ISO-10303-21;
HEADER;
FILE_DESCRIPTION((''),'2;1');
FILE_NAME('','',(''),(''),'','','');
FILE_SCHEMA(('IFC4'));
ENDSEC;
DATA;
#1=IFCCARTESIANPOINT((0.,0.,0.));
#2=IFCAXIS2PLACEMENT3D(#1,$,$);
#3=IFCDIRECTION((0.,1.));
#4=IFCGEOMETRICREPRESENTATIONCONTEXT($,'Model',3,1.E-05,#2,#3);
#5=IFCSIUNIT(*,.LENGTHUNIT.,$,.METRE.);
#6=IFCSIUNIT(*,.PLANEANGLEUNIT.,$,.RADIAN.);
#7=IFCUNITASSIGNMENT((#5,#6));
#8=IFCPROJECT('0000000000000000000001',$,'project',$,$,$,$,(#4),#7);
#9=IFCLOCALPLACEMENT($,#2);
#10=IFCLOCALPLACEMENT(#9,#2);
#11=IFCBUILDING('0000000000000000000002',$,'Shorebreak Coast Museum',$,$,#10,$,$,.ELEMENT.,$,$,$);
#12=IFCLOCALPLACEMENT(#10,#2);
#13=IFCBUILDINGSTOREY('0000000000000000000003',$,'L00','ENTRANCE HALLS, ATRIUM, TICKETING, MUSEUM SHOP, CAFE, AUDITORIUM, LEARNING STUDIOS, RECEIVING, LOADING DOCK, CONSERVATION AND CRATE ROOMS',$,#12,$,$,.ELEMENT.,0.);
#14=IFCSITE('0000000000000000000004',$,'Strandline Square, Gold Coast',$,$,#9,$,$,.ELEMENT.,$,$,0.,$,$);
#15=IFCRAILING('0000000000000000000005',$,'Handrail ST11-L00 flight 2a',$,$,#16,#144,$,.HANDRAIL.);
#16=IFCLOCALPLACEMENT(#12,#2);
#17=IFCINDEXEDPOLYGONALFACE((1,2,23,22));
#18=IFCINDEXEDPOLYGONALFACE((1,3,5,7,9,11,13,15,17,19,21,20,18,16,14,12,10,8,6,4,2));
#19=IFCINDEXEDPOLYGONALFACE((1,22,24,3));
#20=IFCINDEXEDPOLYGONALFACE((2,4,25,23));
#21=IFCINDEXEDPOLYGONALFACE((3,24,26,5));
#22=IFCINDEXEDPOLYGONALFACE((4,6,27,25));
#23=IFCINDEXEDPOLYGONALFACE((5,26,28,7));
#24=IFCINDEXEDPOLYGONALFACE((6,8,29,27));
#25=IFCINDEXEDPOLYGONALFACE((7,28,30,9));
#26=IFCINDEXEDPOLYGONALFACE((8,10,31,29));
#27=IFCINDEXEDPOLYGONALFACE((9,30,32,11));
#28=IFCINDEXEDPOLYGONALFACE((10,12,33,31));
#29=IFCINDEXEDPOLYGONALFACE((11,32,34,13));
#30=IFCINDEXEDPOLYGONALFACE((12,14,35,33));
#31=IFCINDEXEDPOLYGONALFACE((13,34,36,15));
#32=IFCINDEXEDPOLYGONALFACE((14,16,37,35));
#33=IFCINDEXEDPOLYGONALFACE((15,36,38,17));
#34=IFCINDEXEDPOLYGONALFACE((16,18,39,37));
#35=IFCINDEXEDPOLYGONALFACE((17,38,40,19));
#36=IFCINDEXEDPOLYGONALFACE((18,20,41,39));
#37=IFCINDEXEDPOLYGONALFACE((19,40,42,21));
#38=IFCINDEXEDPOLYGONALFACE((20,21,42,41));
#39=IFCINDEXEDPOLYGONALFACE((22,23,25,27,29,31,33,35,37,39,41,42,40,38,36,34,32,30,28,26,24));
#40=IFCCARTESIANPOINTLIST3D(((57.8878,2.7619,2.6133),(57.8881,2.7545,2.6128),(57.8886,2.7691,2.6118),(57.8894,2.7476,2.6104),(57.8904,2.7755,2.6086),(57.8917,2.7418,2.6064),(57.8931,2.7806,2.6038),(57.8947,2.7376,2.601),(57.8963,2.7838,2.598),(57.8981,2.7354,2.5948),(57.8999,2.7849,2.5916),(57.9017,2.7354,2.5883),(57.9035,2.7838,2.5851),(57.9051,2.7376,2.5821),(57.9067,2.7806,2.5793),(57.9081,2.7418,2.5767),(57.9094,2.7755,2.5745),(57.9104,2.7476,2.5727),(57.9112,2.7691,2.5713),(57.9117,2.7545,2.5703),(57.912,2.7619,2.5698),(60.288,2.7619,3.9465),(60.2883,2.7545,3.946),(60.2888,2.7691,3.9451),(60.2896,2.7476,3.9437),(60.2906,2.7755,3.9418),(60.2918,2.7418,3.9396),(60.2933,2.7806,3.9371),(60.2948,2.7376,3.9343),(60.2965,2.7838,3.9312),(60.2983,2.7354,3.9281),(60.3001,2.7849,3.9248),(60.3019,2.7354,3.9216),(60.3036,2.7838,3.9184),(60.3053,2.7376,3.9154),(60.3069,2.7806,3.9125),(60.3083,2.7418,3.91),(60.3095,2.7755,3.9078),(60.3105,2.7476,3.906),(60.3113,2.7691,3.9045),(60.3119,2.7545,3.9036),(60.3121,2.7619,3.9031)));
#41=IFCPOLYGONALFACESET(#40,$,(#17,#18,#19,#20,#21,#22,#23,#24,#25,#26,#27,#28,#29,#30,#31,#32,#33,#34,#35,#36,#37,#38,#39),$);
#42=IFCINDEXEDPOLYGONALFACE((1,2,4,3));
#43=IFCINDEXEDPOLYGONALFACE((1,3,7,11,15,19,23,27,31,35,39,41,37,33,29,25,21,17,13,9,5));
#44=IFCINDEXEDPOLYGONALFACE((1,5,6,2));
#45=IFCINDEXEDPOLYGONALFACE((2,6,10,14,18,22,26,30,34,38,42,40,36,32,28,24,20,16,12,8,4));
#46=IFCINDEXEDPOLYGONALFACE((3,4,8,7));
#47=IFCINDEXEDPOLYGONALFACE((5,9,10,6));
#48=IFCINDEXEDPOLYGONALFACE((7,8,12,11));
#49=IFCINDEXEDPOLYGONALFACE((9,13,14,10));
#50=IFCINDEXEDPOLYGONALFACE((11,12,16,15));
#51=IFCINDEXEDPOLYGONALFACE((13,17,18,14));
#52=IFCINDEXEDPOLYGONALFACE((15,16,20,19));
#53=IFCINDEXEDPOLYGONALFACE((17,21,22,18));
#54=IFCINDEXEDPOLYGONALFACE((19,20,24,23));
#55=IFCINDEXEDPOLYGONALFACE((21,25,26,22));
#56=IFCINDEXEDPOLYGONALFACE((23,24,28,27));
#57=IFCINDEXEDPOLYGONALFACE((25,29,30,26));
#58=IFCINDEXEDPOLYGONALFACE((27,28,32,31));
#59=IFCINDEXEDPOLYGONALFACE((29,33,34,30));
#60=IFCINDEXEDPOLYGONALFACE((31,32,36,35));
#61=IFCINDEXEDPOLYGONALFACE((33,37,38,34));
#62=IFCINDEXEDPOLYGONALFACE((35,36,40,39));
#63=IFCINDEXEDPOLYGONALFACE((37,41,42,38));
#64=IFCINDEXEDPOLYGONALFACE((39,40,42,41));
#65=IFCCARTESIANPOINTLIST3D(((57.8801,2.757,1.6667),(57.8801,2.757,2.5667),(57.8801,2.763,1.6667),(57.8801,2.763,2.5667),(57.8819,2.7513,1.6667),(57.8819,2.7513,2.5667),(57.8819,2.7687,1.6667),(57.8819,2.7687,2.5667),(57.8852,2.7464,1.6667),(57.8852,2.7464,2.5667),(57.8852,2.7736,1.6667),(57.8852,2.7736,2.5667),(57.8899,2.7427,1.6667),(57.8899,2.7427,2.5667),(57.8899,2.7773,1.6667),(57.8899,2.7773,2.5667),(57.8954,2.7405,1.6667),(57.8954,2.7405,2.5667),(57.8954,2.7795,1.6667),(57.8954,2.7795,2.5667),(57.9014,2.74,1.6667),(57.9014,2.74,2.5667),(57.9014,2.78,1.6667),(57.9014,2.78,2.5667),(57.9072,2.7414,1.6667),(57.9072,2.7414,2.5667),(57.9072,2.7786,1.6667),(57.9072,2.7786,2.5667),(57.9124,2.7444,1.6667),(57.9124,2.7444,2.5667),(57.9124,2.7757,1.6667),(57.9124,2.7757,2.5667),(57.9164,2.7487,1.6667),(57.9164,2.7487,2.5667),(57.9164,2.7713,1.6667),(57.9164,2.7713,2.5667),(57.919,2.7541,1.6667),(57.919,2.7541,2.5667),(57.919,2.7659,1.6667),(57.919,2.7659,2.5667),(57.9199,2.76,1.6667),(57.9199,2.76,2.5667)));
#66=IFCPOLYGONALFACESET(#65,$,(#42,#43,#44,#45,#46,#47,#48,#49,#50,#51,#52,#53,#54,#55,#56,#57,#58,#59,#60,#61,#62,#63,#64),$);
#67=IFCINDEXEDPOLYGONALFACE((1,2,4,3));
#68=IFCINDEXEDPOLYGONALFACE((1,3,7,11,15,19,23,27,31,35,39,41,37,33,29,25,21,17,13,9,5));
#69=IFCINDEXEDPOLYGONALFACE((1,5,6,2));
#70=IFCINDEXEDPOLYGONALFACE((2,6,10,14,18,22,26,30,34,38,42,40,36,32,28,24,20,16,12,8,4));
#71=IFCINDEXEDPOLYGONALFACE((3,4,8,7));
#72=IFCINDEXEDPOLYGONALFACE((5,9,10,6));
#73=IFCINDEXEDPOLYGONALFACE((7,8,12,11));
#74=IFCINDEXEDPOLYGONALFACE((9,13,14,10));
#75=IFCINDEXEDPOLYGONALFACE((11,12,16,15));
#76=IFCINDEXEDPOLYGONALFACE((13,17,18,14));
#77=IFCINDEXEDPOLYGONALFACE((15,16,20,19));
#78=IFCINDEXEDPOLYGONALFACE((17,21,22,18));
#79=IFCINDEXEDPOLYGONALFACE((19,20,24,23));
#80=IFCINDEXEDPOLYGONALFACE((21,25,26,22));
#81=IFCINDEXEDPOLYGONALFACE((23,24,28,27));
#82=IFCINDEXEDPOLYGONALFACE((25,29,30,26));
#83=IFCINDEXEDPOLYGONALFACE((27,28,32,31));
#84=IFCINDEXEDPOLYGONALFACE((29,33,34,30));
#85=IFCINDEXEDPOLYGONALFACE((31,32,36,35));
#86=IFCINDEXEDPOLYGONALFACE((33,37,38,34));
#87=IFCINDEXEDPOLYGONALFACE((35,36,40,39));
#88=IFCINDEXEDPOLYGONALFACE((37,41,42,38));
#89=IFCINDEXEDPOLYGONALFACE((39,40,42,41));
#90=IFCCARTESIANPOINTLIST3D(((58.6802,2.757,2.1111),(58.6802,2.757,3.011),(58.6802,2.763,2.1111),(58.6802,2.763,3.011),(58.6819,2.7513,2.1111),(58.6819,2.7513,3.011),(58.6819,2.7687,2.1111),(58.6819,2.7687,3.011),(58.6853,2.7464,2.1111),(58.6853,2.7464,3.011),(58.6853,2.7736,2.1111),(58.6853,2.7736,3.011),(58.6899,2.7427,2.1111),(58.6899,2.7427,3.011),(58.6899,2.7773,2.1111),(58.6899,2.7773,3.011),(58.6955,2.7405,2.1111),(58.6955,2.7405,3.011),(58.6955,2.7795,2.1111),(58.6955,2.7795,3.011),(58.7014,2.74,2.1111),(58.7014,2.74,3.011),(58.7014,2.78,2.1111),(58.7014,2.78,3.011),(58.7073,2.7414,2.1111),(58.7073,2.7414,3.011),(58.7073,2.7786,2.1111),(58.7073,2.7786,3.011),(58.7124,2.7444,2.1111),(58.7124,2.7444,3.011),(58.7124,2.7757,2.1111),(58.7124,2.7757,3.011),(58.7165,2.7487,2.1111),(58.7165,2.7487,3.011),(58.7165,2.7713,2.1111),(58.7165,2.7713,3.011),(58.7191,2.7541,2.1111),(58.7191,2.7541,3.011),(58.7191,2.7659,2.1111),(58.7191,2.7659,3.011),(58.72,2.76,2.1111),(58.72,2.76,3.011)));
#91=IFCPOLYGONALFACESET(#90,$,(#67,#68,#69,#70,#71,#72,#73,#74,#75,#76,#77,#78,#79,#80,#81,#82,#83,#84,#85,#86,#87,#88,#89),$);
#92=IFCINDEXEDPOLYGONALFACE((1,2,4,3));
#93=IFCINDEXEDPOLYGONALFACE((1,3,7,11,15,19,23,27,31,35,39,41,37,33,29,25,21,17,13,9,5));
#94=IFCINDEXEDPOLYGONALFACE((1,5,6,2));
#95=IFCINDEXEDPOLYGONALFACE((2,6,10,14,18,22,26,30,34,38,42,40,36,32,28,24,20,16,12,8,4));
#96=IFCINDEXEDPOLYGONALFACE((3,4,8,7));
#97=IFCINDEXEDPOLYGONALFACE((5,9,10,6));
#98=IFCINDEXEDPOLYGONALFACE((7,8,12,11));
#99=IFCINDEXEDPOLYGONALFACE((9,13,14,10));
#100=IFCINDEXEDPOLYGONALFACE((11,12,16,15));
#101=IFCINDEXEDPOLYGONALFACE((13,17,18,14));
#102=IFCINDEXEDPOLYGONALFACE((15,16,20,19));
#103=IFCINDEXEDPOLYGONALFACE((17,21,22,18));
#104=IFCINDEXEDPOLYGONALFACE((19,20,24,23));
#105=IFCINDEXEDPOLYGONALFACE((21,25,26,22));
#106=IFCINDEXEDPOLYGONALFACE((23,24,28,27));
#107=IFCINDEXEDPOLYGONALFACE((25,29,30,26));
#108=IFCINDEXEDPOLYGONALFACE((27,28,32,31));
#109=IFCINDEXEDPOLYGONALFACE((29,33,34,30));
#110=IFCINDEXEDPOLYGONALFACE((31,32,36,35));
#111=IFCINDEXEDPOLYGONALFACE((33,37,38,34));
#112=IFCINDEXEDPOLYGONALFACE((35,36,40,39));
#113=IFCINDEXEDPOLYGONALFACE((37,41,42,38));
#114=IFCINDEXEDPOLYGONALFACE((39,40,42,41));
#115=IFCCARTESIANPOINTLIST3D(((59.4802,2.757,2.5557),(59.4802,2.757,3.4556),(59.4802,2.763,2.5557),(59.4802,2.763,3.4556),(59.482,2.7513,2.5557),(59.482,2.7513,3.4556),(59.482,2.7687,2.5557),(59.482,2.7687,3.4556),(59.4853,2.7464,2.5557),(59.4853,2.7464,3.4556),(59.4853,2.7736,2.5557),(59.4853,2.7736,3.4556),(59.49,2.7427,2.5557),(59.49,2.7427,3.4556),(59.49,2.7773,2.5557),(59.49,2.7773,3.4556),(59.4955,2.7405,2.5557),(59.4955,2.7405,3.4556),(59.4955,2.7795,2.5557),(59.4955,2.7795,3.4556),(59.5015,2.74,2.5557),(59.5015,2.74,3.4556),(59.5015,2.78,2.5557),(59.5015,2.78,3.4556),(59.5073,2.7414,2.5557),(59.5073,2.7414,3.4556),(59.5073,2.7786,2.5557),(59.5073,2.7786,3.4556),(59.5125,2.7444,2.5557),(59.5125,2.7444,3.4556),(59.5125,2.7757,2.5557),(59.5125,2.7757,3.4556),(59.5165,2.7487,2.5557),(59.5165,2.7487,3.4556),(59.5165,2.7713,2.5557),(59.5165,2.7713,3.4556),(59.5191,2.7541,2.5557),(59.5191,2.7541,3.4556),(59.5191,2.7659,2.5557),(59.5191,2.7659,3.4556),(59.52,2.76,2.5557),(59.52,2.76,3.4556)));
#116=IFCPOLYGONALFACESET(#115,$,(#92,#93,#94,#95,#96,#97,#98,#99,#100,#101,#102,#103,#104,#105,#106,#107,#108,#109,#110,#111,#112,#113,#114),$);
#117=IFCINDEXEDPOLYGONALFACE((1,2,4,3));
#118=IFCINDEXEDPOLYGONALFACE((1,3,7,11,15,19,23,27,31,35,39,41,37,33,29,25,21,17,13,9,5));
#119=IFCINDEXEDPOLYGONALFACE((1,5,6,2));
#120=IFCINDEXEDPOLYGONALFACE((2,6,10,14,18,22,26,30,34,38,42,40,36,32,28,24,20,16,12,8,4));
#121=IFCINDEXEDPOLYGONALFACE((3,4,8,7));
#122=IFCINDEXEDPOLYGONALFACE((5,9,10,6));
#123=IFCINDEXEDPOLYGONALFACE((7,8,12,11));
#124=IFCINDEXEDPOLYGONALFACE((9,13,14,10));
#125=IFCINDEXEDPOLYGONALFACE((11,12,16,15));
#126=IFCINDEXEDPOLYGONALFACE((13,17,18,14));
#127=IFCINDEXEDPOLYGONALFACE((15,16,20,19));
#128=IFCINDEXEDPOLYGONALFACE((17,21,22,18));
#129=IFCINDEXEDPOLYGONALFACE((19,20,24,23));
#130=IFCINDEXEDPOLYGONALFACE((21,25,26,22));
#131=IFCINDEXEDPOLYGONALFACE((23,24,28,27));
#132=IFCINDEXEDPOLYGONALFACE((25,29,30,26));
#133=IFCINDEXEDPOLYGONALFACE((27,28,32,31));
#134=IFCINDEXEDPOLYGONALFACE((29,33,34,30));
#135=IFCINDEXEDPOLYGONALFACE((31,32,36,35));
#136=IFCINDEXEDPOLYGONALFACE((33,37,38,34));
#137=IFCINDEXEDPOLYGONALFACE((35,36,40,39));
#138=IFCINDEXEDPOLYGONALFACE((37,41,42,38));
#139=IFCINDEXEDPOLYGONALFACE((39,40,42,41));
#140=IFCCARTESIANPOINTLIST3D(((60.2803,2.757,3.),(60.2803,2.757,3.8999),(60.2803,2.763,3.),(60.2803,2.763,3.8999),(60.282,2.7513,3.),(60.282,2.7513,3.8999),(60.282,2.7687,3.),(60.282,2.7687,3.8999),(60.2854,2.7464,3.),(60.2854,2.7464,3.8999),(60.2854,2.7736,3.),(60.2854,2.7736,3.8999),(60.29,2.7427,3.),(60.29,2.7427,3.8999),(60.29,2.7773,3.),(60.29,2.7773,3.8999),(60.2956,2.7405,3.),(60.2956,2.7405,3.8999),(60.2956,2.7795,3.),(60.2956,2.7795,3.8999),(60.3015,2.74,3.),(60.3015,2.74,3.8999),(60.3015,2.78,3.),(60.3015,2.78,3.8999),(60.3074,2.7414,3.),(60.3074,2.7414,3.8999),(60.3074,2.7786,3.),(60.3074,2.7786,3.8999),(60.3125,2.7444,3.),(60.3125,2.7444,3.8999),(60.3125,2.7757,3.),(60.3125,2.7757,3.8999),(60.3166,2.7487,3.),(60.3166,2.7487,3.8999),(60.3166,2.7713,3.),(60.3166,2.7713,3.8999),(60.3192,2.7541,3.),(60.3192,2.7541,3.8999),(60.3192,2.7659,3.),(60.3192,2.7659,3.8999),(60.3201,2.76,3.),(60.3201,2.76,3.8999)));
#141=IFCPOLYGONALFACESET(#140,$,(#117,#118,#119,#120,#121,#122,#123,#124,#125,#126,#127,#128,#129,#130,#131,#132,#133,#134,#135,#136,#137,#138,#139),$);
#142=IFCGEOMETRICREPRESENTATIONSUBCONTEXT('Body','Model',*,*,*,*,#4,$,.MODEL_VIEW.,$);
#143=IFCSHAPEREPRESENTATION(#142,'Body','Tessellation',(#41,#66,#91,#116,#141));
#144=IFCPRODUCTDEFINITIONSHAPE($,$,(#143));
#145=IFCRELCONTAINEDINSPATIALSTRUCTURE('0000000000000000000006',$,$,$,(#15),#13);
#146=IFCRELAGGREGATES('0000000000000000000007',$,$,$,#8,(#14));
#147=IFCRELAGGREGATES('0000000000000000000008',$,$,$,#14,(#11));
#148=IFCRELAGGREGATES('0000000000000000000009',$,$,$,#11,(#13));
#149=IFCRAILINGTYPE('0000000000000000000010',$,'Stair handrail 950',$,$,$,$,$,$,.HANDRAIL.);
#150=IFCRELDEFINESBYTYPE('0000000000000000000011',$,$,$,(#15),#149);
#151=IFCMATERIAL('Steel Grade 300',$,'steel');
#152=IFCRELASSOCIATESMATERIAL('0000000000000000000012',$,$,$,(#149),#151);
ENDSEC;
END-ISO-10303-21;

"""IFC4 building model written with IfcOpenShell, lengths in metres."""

from ifc_helpers import new_model, si_unit, direction, frame, origin, origin_2d, place, context, subcontext, project, spatial, circle, extrude, material, type_object, element, save


model = new_model("IFC4")

# Units and contexts
model_context = context("Model", 3, precision=1e-05, world=origin(), true_north=direction((0.0, 1.0)))
body_context = subcontext(model_context, "Body", "Model", "MODEL_VIEW")
ifc_project = project(units=[si_unit("LENGTHUNIT", "METRE"), si_unit("PLANEANGLEUNIT", "RADIAN")], contexts=[model_context])

# Site, building, storey
site_placement = place(None, origin())
site = spatial("IfcSite", under=ifc_project, at=site_placement, Name="Strandline Square, Gold Coast", CompositionType="ELEMENT", RefElevation=0.0)
building_placement = place(site_placement, origin())
building = spatial("IfcBuilding", under=site, at=building_placement, Name="Shorebreak Coast Museum", CompositionType="ELEMENT")
storey_placement = place(building_placement, origin())
storey = spatial("IfcBuildingStorey", under=building, at=storey_placement, Name="L00", Description="ENTRANCE HALLS, ATRIUM, TICKETING, MUSEUM SHOP, CAFE, AUDITORIUM, LEARNING STUDIOS, RECEIVING, LOADING DOCK, CONSERVATION AND CRATE ROOMS", CompositionType="ELEMENT", Elevation=0.0)

# Railing
ifc_material_1 = material(Name="Steel Grade 300", Category="steel")
railing_type_1 = type_object("IfcRailingType", Name="Stair handrail 950", PredefinedType="HANDRAIL", material=ifc_material_1)
for number, where, name in (
    (1, (57.8999, 2.76, 1.6667), "Handrail ST11-L00 flight 2a"),
):
    element("IfcRailing", number, at=place(storey_placement, frame(where)), inside=storey, type_object=railing_type_1, Name=name, PredefinedType="HANDRAIL", context=body_context, shape_type="SweptSolid", body=[
        extrude(circle(Radius=0.0249, at=origin_2d()), frame((0.0, 0.0, 0.9248), z_axis=(0.874182, 0.0, 0.485598), x_axis=(0.0, 1.0, 0.0)), (0.0, 0.0, 1.0), 2.7456),
        extrude(circle(Radius=0.02, at=origin_2d()), origin(), (0.0, 0.0, 1.0), 0.8999),
        extrude(circle(Radius=0.02, at=origin_2d()), frame((0.8, 0.0, 0.4443)), (0.0, 0.0, 1.0), 0.8999),
        extrude(circle(Radius=0.02, at=origin_2d()), frame((1.6001, 0.0, 0.8889)), (0.0, 0.0, 1.0), 0.8999),
        extrude(circle(Radius=0.02, at=origin_2d()), frame((2.4001, 0.0, 1.3333)), (0.0, 0.0, 1.0), 0.8999),
    ])

save(model, "model.ifc")
